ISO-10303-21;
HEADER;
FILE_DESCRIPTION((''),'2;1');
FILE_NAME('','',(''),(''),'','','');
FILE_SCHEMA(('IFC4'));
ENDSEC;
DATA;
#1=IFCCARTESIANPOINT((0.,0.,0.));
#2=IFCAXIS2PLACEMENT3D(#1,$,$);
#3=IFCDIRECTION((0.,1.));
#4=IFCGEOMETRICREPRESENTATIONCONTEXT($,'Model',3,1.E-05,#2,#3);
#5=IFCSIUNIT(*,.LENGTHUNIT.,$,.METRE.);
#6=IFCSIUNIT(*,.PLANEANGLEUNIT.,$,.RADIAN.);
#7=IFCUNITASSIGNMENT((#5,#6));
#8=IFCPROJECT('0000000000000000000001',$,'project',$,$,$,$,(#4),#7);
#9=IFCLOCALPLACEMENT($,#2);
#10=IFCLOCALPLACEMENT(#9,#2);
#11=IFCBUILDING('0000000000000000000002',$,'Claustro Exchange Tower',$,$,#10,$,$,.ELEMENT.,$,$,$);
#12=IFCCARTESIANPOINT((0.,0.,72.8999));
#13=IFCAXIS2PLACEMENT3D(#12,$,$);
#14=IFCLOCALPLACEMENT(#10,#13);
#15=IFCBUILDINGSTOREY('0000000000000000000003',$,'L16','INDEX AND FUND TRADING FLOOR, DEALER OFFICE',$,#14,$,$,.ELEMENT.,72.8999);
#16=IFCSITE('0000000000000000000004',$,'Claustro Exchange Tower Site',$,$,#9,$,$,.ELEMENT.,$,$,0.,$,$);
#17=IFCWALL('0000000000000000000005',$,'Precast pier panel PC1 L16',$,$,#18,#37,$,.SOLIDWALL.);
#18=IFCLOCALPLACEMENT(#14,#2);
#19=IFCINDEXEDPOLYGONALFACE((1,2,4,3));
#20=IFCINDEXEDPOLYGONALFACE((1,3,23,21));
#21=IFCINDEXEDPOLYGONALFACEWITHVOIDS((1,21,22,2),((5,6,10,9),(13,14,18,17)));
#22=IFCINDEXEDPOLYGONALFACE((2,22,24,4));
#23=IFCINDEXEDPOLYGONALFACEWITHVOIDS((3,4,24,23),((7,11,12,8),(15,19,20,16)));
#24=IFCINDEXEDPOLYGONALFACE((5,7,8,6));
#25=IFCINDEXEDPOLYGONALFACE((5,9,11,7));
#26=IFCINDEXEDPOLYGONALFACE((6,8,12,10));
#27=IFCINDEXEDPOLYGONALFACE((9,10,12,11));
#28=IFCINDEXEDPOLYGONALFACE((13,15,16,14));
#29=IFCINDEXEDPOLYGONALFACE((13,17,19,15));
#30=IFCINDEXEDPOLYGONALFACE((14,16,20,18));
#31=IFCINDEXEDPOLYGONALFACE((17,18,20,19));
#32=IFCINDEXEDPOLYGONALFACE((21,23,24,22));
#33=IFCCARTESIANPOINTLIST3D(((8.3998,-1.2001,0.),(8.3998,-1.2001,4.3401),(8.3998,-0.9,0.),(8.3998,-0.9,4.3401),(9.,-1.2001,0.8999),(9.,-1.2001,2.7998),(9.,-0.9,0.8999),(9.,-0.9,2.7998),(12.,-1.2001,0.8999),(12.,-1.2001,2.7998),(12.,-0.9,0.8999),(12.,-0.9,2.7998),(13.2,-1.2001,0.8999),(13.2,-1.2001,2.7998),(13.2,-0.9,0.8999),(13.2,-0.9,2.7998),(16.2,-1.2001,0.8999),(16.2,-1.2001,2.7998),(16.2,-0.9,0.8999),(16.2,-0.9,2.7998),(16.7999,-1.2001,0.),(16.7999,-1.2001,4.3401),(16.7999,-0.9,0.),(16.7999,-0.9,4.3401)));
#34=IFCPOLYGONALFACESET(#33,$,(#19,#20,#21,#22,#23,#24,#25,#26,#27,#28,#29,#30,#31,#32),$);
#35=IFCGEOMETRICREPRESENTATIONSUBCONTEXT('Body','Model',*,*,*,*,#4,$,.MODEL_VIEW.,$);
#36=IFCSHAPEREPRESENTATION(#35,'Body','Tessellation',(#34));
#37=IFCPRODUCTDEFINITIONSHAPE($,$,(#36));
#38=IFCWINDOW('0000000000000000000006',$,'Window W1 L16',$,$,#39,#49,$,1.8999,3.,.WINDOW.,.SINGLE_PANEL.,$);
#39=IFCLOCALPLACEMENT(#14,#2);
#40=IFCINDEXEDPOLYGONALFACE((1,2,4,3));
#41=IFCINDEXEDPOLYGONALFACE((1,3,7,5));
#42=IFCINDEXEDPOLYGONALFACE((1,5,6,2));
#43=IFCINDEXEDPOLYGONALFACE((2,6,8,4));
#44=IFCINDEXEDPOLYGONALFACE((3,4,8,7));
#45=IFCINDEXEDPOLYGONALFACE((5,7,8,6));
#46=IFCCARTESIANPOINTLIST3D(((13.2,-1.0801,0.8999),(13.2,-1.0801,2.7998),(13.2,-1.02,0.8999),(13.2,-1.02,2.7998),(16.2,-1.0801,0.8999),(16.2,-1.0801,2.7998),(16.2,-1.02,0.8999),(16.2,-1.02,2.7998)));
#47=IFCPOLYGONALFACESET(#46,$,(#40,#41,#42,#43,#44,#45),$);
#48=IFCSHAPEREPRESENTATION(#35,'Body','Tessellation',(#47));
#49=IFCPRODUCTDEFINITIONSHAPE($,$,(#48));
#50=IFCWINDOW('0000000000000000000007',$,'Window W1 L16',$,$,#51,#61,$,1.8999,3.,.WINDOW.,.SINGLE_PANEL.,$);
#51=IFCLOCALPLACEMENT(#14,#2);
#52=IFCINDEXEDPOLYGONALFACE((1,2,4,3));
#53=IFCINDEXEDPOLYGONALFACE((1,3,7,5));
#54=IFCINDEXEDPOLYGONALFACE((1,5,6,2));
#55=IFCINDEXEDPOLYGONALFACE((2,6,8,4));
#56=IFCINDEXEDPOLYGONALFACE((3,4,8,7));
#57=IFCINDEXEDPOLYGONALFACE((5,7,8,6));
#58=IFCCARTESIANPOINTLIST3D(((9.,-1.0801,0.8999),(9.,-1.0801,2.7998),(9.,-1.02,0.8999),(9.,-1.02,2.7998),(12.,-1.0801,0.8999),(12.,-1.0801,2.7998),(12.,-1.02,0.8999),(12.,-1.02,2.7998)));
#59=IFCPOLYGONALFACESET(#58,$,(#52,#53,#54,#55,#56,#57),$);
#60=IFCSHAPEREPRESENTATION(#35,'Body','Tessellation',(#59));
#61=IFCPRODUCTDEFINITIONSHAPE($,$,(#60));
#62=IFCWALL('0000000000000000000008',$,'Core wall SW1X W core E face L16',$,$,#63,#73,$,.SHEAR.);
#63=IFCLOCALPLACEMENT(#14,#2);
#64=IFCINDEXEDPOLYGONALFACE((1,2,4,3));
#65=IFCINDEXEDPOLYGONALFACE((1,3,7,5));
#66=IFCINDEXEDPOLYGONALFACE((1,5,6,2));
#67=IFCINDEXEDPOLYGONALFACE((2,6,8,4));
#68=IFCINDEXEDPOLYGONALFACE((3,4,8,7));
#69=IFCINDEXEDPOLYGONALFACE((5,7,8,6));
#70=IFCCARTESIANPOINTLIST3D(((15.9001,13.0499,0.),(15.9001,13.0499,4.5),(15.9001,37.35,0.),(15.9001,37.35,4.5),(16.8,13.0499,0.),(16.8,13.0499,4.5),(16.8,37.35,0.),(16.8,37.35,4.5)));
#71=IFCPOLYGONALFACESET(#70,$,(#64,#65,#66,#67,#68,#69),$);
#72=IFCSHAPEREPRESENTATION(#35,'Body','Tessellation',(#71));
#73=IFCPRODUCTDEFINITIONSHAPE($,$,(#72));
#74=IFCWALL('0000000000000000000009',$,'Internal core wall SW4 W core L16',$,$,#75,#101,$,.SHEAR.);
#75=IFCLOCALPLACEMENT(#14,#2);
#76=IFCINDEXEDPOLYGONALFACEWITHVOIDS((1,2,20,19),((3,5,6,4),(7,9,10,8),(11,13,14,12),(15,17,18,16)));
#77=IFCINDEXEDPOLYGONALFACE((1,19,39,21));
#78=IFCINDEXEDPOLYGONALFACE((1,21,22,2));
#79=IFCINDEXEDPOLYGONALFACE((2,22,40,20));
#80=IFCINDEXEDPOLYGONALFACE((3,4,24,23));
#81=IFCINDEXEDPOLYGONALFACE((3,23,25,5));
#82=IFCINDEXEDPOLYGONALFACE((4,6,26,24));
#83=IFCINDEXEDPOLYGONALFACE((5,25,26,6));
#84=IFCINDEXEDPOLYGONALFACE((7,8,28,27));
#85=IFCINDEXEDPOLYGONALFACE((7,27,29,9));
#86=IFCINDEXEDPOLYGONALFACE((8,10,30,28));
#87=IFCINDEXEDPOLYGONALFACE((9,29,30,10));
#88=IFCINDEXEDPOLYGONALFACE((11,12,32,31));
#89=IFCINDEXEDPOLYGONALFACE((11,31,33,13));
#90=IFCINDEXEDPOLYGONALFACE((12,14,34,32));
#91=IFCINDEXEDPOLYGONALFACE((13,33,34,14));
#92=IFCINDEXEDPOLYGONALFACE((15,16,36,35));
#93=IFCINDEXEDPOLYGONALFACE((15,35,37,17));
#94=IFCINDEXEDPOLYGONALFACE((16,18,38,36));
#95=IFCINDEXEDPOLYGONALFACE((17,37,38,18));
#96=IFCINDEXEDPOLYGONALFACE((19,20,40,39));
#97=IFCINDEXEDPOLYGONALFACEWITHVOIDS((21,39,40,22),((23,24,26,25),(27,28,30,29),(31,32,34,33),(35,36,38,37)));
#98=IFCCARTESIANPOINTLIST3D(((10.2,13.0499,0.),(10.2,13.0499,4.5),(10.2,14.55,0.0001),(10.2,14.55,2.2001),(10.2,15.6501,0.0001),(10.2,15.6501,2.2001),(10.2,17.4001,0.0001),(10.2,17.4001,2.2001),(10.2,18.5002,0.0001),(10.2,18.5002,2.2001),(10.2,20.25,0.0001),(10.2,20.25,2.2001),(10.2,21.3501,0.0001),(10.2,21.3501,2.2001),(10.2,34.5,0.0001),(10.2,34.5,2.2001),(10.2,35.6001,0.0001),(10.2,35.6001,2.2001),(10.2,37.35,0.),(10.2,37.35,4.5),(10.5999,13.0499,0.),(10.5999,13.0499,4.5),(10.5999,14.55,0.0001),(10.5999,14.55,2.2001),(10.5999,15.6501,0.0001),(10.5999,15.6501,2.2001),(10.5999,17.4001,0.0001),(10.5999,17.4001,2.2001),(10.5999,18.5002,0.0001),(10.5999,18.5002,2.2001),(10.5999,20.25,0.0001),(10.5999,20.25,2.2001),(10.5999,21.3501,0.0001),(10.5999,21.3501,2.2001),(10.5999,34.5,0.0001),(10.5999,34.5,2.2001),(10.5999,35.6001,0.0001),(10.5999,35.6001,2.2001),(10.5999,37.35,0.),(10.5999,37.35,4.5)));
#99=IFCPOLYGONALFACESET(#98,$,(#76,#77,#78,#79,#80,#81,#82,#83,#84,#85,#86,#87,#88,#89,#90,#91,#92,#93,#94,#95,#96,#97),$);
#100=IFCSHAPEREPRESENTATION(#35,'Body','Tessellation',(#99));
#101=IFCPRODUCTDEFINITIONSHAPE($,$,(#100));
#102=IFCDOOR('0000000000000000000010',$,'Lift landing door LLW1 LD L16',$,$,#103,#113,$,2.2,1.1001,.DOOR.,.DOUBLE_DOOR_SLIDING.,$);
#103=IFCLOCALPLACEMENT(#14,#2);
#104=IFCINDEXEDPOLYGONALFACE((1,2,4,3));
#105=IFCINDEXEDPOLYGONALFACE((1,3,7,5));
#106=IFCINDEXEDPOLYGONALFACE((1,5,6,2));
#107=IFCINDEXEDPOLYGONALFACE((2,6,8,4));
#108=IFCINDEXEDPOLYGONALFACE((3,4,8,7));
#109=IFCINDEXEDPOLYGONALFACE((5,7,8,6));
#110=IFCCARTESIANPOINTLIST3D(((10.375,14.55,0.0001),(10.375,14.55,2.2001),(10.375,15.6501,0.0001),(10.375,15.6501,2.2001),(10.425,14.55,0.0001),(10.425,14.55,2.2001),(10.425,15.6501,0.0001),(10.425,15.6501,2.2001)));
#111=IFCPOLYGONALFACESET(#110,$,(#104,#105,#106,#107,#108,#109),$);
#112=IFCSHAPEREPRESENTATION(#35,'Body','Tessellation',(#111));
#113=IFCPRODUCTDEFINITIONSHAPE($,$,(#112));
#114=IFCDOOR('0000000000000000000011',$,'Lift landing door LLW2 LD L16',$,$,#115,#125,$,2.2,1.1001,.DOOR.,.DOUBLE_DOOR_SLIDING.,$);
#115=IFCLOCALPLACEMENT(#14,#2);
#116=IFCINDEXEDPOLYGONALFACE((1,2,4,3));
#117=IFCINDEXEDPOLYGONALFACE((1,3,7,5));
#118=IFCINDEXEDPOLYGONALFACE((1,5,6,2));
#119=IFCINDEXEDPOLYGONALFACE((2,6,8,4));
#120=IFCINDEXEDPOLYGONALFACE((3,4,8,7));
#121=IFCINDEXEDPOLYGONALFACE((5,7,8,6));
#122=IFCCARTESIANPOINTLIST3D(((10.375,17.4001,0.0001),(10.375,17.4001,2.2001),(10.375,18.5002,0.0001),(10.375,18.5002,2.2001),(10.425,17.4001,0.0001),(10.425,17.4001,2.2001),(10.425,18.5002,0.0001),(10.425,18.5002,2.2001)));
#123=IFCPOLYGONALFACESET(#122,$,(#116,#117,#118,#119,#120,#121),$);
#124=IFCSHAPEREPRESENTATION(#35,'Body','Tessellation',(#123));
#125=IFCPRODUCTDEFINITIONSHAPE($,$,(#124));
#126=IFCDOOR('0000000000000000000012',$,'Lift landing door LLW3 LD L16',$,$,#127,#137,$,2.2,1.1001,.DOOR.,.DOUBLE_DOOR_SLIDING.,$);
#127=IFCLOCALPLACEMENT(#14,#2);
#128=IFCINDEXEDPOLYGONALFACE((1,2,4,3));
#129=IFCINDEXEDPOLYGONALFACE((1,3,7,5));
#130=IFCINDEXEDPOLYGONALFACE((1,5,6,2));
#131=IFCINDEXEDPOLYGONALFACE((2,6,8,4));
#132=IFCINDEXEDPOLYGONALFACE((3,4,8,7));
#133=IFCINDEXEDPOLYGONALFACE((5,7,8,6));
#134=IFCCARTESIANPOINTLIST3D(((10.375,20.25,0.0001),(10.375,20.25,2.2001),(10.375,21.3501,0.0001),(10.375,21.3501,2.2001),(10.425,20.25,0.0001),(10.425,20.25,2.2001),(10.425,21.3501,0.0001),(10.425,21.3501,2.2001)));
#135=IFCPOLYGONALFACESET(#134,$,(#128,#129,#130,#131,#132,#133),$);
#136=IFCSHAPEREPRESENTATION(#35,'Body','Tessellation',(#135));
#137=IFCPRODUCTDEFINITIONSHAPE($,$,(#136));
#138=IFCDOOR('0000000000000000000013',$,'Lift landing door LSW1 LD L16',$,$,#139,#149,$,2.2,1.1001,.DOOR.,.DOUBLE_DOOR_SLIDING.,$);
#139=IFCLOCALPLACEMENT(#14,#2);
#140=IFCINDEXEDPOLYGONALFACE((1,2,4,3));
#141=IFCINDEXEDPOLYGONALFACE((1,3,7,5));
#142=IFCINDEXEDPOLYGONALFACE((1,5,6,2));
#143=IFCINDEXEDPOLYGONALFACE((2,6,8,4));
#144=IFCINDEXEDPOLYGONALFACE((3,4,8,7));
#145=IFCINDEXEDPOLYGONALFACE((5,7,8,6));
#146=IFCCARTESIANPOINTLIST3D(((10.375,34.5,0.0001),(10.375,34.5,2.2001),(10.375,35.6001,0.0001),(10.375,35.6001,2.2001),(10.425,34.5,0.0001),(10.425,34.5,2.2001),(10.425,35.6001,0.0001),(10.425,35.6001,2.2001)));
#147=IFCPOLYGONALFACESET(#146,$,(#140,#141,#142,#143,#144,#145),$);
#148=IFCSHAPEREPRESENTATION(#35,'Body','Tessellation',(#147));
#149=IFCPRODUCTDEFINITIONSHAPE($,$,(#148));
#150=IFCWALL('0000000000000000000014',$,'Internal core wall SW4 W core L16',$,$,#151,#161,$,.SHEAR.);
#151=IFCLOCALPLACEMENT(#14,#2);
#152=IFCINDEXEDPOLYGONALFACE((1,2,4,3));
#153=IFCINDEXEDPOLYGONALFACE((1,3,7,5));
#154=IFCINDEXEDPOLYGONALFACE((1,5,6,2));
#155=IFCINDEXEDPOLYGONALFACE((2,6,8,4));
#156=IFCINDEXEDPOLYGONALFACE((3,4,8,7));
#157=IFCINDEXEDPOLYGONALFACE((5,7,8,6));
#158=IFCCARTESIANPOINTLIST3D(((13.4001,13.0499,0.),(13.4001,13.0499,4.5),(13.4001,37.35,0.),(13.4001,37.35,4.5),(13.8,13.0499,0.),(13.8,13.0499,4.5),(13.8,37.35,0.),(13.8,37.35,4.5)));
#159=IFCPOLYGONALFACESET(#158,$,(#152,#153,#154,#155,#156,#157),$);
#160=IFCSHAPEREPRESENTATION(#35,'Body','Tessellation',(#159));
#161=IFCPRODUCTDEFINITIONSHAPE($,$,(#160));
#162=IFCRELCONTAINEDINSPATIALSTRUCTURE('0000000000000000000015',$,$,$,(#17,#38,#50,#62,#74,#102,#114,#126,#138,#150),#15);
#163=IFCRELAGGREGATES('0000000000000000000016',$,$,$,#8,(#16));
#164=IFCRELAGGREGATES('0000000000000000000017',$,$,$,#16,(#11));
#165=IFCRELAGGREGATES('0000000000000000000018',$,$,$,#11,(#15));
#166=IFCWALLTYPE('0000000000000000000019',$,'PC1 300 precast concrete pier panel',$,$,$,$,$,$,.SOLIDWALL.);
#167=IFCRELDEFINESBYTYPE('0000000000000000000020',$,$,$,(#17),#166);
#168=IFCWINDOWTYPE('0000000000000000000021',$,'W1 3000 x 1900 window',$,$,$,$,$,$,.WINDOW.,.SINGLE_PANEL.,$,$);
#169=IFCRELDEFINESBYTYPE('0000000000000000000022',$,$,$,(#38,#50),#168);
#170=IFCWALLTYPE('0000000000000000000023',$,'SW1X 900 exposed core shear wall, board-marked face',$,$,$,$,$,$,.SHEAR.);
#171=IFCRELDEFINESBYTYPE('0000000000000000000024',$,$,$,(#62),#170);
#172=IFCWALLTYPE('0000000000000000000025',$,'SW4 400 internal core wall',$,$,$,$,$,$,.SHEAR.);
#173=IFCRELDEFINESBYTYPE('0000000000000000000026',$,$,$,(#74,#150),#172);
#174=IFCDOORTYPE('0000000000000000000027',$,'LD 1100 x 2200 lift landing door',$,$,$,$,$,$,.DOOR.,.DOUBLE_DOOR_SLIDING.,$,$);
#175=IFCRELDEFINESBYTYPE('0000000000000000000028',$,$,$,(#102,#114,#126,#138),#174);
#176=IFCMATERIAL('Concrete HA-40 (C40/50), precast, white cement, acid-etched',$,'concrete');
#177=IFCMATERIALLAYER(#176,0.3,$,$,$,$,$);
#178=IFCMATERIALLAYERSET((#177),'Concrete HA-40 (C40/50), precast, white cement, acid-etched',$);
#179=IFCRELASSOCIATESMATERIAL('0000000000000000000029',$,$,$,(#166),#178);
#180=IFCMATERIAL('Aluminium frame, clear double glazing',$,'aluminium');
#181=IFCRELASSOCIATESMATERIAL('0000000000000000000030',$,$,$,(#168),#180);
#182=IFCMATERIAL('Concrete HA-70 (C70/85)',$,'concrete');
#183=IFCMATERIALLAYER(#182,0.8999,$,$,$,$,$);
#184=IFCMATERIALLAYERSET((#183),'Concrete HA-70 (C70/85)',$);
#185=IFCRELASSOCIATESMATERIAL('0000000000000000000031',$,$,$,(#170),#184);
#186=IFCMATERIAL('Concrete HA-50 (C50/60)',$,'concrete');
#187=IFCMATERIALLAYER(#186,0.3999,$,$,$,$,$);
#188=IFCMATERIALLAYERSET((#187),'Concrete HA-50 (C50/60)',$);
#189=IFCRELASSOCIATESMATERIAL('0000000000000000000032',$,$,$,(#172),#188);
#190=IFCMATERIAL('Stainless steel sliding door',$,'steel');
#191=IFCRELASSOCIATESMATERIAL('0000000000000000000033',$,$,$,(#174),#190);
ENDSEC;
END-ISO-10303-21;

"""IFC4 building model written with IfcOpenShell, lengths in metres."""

from ifc_helpers import new_model, si_unit, direction, frame, frame_2d, origin, place, context, subcontext, project, spatial, rectangle, extrude, material, layer, layer_set, type_object, element, fill, save


model = new_model("IFC4")

# Units and contexts
model_context = context("Model", 3, precision=1e-05, world=origin(), true_north=direction((0.0, 1.0)))
body_context = subcontext(model_context, "Body", "Model", "MODEL_VIEW")
ifc_project = project(units=[si_unit("LENGTHUNIT", "METRE"), si_unit("PLANEANGLEUNIT", "RADIAN")], contexts=[model_context])

# Site, building, storey
site_placement = place(None, origin())
site = spatial("IfcSite", under=ifc_project, at=site_placement, Name="Claustro Exchange Tower Site", CompositionType="ELEMENT", RefElevation=0.0)
building_placement = place(site_placement, origin())
building = spatial("IfcBuilding", under=site, at=building_placement, Name="Claustro Exchange Tower", CompositionType="ELEMENT")
storey_placement = place(building_placement, frame((0.0, 0.0, 72.8999)))
storey = spatial("IfcBuildingStorey", under=building, at=storey_placement, Name="L16", Description="INDEX AND FUND TRADING FLOOR, DEALER OFFICE", CompositionType="ELEMENT", Elevation=72.8999)

# Wall, openings, windows
ifc_material_1 = material(Name="Concrete HA-40 (C40/50), precast, white cement, acid-etched", Category="concrete")
ifc_layer_1 = layer(ifc_material_1, 0.3)
ifc_layer_set_1 = layer_set([ifc_layer_1], Name="Concrete HA-40 (C40/50), precast, white cement, acid-etched")
wall_type_1 = type_object("IfcWallType", Name="PC1 300 precast concrete pier panel", PredefinedType="SOLIDWALL", material=ifc_layer_set_1)
wall_1_placement = place(storey_placement, frame((16.8, -1.05, 0.0), z_axis=(0.0, 0.0, 1.0), x_axis=(-1.0, 0.0, 0.0)))
wall_1 = element("IfcWall", 1, at=wall_1_placement, inside=storey, type_object=wall_type_1, Name="Precast pier panel PC1 L16", PredefinedType="SOLIDWALL", context=body_context, shape_type="SweptSolid", body=[
    extrude(rectangle(XDim=8.4001, YDim=0.3, at=frame_2d((4.2002, 0.0))), origin(), (0.0, 0.0, 1.0), 4.3401),
])
opening_1_placement = place(wall_1_placement, frame((0.6001, 0.0, 0.8999)))
opening_1 = element("IfcOpeningElement", 2, at=opening_1_placement, cuts=wall_1, PredefinedType="OPENING", context=body_context, shape_type="SweptSolid", body=[
    extrude(rectangle(XDim=3.0, YDim=1.8999, at=frame_2d((1.5, 0.95))), frame((0.0, 0.1599, 0.0), z_axis=(0.0, -1.0, 0.0), x_axis=(1.0, 0.0, 0.0)), (0.0, 0.0, 1.0), 0.3201),
])
opening_2_placement = place(wall_1_placement, frame((4.8, 0.0, 0.8999)))
opening_2 = element("IfcOpeningElement", 3, at=opening_2_placement, cuts=wall_1, PredefinedType="OPENING", context=body_context, shape_type="SweptSolid", body=[
    extrude(rectangle(XDim=3.0, YDim=1.8999, at=frame_2d((1.5, 0.95))), frame((0.0, 0.1599, 0.0), z_axis=(0.0, -1.0, 0.0), x_axis=(1.0, 0.0, 0.0)), (0.0, 0.0, 1.0), 0.3201),
])
ifc_material_2 = material(Name="Aluminium frame, clear double glazing", Category="aluminium")
window_type = type_object("IfcWindowType", Name="W1 3000 x 1900 window", PartitioningType="SINGLE_PANEL", PredefinedType="WINDOW", material=ifc_material_2)
window_1_placement = place(opening_1_placement, origin())
window_1 = element("IfcWindow", 4, at=window_1_placement, inside=storey, type_object=window_type, Name="Window W1 L16", OverallHeight=1.8999, OverallWidth=3.0, PartitioningType="SINGLE_PANEL", PredefinedType="WINDOW", context=body_context, shape_type="SweptSolid", body=[
    extrude(rectangle(XDim=3.0, YDim=1.8999, at=frame_2d((1.5, 0.95))), frame((0.0, 0.03, 0.0), z_axis=(0.0, -1.0, 0.0), x_axis=(1.0, 0.0, 0.0)), (0.0, 0.0, 1.0), 0.0601),
])
fill(opening_1, window_1)
window_2_placement = place(opening_2_placement, origin())
window_2 = element("IfcWindow", 5, at=window_2_placement, inside=storey, type_object=window_type, Name="Window W1 L16", OverallHeight=1.8999, OverallWidth=3.0, PartitioningType="SINGLE_PANEL", PredefinedType="WINDOW", context=body_context, shape_type="SweptSolid", body=[
    extrude(rectangle(XDim=3.0, YDim=1.8999, at=frame_2d((1.5, 0.95))), frame((0.0, 0.03, 0.0), z_axis=(0.0, -1.0, 0.0), x_axis=(1.0, 0.0, 0.0)), (0.0, 0.0, 1.0), 0.0601),
])
fill(opening_2, window_2)

# Wall
ifc_material_3 = material(Name="Concrete HA-70 (C70/85)", Category="concrete")
ifc_layer_2 = layer(ifc_material_3, 0.8999)
ifc_layer_set_2 = layer_set([ifc_layer_2], Name="Concrete HA-70 (C70/85)")
wall_type_2 = type_object("IfcWallType", Name="SW1X 900 exposed core shear wall, board-marked face", PredefinedType="SHEAR", material=ifc_layer_set_2)
wall_2_placement = place(storey_placement, frame((16.3501, 13.05, 0.0), z_axis=(0.0, 0.0, 1.0), x_axis=(0.0, 1.0, 0.0)))
element("IfcWall", 6, at=wall_2_placement, inside=storey, type_object=wall_type_2, Name="Core wall SW1X W core E face L16", PredefinedType="SHEAR", context=body_context, shape_type="SweptSolid", body=[
    extrude(rectangle(XDim=24.3, YDim=0.8999, at=frame_2d((12.1499, 0.0))), origin(), (0.0, 0.0, 1.0), 4.5),
])

# Wall, openings, doors
ifc_material_4 = material(Name="Concrete HA-50 (C50/60)", Category="concrete")
ifc_layer_3 = layer(ifc_material_4, 0.3999)
ifc_layer_set_3 = layer_set([ifc_layer_3], Name="Concrete HA-50 (C50/60)")
wall_type_3 = type_object("IfcWallType", Name="SW4 400 internal core wall", PredefinedType="SHEAR", material=ifc_layer_set_3)
wall_3_placement = place(storey_placement, frame((10.3999, 13.05, 0.0), z_axis=(0.0, 0.0, 1.0), x_axis=(0.0, 1.0, 0.0)))
wall_3 = element("IfcWall", 7, at=wall_3_placement, inside=storey, type_object=wall_type_3, Name="Internal core wall SW4 W core L16", PredefinedType="SHEAR", context=body_context, shape_type="SweptSolid", body=[
    extrude(rectangle(XDim=24.3, YDim=0.3999, at=frame_2d((12.1499, 0.0))), origin(), (0.0, 0.0, 1.0), 4.5),
])
opening_3_placement = place(wall_3_placement, frame((1.5, 0.0, 0.0)))
opening_3 = element("IfcOpeningElement", 8, at=opening_3_placement, cuts=wall_3, PredefinedType="OPENING", context=body_context, shape_type="SweptSolid", body=[
    extrude(rectangle(XDim=1.1001, YDim=2.2, at=frame_2d((0.55, 1.1001))), frame((0.0, 0.21, 0.0), z_axis=(0.0, -1.0, 0.0), x_axis=(1.0, 0.0, 0.0)), (0.0, 0.0, 1.0), 0.4199),
])
opening_4_placement = place(wall_3_placement, frame((4.3501, 0.0, 0.0)))
opening_4 = element("IfcOpeningElement", 9, at=opening_4_placement, cuts=wall_3, PredefinedType="OPENING", context=body_context, shape_type="SweptSolid", body=[
    extrude(rectangle(XDim=1.1001, YDim=2.2, at=frame_2d((0.55, 1.1001))), frame((0.0, 0.21, 0.0), z_axis=(0.0, -1.0, 0.0), x_axis=(1.0, 0.0, 0.0)), (0.0, 0.0, 1.0), 0.4199),
])
opening_5_placement = place(wall_3_placement, frame((7.2, 0.0, 0.0)))
opening_5 = element("IfcOpeningElement", 10, at=opening_5_placement, cuts=wall_3, PredefinedType="OPENING", context=body_context, shape_type="SweptSolid", body=[
    extrude(rectangle(XDim=1.1001, YDim=2.2, at=frame_2d((0.55, 1.1001))), frame((0.0, 0.21, 0.0), z_axis=(0.0, -1.0, 0.0), x_axis=(1.0, 0.0, 0.0)), (0.0, 0.0, 1.0), 0.4199),
])
opening_6_placement = place(wall_3_placement, frame((21.45, 0.0, 0.0)))
opening_6 = element("IfcOpeningElement", 11, at=opening_6_placement, cuts=wall_3, PredefinedType="OPENING", context=body_context, shape_type="SweptSolid", body=[
    extrude(rectangle(XDim=1.1001, YDim=2.2, at=frame_2d((0.55, 1.1001))), frame((0.0, 0.21, 0.0), z_axis=(0.0, -1.0, 0.0), x_axis=(1.0, 0.0, 0.0)), (0.0, 0.0, 1.0), 0.4199),
])
ifc_material_5 = material(Name="Stainless steel sliding door", Category="steel")
door_type_1 = type_object("IfcDoorType", Name="LD 1100 x 2200 lift landing door", OperationType="DOUBLE_DOOR_SLIDING", PredefinedType="DOOR", material=ifc_material_5)
door_1_placement = place(opening_3_placement, origin())
door_1 = element("IfcDoor", 12, at=door_1_placement, inside=storey, type_object=door_type_1, Name="Lift landing door LLW1 LD L16", OperationType="DOUBLE_DOOR_SLIDING", OverallHeight=2.2, OverallWidth=1.1001, PredefinedType="DOOR", context=body_context, shape_type="SweptSolid", body=[
    extrude(rectangle(XDim=1.1001, YDim=2.2, at=frame_2d((0.55, 1.1001))), frame((0.0, 0.0249, 0.0), z_axis=(0.0, -1.0, 0.0), x_axis=(1.0, 0.0, 0.0)), (0.0, 0.0, 1.0), 0.05),
])
fill(opening_3, door_1)
door_2_placement = place(opening_4_placement, origin())
door_2 = element("IfcDoor", 13, at=door_2_placement, inside=storey, type_object=door_type_1, Name="Lift landing door LLW2 LD L16", OperationType="DOUBLE_DOOR_SLIDING", OverallHeight=2.2, OverallWidth=1.1001, PredefinedType="DOOR", context=body_context, shape_type="SweptSolid", body=[
    extrude(rectangle(XDim=1.1001, YDim=2.2, at=frame_2d((0.55, 1.1001))), frame((0.0, 0.0249, 0.0), z_axis=(0.0, -1.0, 0.0), x_axis=(1.0, 0.0, 0.0)), (0.0, 0.0, 1.0), 0.05),
])
fill(opening_4, door_2)
door_3_placement = place(opening_5_placement, origin())
door_3 = element("IfcDoor", 14, at=door_3_placement, inside=storey, type_object=door_type_1, Name="Lift landing door LLW3 LD L16", OperationType="DOUBLE_DOOR_SLIDING", OverallHeight=2.2, OverallWidth=1.1001, PredefinedType="DOOR", context=body_context, shape_type="SweptSolid", body=[
    extrude(rectangle(XDim=1.1001, YDim=2.2, at=frame_2d((0.55, 1.1001))), frame((0.0, 0.0249, 0.0), z_axis=(0.0, -1.0, 0.0), x_axis=(1.0, 0.0, 0.0)), (0.0, 0.0, 1.0), 0.05),
])
fill(opening_5, door_3)
door_4_placement = place(opening_6_placement, origin())
door_4 = element("IfcDoor", 15, at=door_4_placement, inside=storey, type_object=door_type_1, Name="Lift landing door LSW1 LD L16", OperationType="DOUBLE_DOOR_SLIDING", OverallHeight=2.2, OverallWidth=1.1001, PredefinedType="DOOR", context=body_context, shape_type="SweptSolid", body=[
    extrude(rectangle(XDim=1.1001, YDim=2.2, at=frame_2d((0.55, 1.1001))), frame((0.0, 0.0249, 0.0), z_axis=(0.0, -1.0, 0.0), x_axis=(1.0, 0.0, 0.0)), (0.0, 0.0, 1.0), 0.05),
])
fill(opening_6, door_4)

# Wall
wall_4_placement = place(storey_placement, frame((13.6001, 13.05, 0.0), z_axis=(0.0, 0.0, 1.0), x_axis=(0.0, 1.0, 0.0)))
element("IfcWall", 16, at=wall_4_placement, inside=storey, type_object=wall_type_3, Name="Internal core wall SW4 W core L16", PredefinedType="SHEAR", context=body_context, shape_type="SweptSolid", body=[
    extrude(rectangle(XDim=24.3, YDim=0.3999, at=frame_2d((12.1499, 0.0))), origin(), (0.0, 0.0, 1.0), 4.5),
])

save(model, "model.ifc")
